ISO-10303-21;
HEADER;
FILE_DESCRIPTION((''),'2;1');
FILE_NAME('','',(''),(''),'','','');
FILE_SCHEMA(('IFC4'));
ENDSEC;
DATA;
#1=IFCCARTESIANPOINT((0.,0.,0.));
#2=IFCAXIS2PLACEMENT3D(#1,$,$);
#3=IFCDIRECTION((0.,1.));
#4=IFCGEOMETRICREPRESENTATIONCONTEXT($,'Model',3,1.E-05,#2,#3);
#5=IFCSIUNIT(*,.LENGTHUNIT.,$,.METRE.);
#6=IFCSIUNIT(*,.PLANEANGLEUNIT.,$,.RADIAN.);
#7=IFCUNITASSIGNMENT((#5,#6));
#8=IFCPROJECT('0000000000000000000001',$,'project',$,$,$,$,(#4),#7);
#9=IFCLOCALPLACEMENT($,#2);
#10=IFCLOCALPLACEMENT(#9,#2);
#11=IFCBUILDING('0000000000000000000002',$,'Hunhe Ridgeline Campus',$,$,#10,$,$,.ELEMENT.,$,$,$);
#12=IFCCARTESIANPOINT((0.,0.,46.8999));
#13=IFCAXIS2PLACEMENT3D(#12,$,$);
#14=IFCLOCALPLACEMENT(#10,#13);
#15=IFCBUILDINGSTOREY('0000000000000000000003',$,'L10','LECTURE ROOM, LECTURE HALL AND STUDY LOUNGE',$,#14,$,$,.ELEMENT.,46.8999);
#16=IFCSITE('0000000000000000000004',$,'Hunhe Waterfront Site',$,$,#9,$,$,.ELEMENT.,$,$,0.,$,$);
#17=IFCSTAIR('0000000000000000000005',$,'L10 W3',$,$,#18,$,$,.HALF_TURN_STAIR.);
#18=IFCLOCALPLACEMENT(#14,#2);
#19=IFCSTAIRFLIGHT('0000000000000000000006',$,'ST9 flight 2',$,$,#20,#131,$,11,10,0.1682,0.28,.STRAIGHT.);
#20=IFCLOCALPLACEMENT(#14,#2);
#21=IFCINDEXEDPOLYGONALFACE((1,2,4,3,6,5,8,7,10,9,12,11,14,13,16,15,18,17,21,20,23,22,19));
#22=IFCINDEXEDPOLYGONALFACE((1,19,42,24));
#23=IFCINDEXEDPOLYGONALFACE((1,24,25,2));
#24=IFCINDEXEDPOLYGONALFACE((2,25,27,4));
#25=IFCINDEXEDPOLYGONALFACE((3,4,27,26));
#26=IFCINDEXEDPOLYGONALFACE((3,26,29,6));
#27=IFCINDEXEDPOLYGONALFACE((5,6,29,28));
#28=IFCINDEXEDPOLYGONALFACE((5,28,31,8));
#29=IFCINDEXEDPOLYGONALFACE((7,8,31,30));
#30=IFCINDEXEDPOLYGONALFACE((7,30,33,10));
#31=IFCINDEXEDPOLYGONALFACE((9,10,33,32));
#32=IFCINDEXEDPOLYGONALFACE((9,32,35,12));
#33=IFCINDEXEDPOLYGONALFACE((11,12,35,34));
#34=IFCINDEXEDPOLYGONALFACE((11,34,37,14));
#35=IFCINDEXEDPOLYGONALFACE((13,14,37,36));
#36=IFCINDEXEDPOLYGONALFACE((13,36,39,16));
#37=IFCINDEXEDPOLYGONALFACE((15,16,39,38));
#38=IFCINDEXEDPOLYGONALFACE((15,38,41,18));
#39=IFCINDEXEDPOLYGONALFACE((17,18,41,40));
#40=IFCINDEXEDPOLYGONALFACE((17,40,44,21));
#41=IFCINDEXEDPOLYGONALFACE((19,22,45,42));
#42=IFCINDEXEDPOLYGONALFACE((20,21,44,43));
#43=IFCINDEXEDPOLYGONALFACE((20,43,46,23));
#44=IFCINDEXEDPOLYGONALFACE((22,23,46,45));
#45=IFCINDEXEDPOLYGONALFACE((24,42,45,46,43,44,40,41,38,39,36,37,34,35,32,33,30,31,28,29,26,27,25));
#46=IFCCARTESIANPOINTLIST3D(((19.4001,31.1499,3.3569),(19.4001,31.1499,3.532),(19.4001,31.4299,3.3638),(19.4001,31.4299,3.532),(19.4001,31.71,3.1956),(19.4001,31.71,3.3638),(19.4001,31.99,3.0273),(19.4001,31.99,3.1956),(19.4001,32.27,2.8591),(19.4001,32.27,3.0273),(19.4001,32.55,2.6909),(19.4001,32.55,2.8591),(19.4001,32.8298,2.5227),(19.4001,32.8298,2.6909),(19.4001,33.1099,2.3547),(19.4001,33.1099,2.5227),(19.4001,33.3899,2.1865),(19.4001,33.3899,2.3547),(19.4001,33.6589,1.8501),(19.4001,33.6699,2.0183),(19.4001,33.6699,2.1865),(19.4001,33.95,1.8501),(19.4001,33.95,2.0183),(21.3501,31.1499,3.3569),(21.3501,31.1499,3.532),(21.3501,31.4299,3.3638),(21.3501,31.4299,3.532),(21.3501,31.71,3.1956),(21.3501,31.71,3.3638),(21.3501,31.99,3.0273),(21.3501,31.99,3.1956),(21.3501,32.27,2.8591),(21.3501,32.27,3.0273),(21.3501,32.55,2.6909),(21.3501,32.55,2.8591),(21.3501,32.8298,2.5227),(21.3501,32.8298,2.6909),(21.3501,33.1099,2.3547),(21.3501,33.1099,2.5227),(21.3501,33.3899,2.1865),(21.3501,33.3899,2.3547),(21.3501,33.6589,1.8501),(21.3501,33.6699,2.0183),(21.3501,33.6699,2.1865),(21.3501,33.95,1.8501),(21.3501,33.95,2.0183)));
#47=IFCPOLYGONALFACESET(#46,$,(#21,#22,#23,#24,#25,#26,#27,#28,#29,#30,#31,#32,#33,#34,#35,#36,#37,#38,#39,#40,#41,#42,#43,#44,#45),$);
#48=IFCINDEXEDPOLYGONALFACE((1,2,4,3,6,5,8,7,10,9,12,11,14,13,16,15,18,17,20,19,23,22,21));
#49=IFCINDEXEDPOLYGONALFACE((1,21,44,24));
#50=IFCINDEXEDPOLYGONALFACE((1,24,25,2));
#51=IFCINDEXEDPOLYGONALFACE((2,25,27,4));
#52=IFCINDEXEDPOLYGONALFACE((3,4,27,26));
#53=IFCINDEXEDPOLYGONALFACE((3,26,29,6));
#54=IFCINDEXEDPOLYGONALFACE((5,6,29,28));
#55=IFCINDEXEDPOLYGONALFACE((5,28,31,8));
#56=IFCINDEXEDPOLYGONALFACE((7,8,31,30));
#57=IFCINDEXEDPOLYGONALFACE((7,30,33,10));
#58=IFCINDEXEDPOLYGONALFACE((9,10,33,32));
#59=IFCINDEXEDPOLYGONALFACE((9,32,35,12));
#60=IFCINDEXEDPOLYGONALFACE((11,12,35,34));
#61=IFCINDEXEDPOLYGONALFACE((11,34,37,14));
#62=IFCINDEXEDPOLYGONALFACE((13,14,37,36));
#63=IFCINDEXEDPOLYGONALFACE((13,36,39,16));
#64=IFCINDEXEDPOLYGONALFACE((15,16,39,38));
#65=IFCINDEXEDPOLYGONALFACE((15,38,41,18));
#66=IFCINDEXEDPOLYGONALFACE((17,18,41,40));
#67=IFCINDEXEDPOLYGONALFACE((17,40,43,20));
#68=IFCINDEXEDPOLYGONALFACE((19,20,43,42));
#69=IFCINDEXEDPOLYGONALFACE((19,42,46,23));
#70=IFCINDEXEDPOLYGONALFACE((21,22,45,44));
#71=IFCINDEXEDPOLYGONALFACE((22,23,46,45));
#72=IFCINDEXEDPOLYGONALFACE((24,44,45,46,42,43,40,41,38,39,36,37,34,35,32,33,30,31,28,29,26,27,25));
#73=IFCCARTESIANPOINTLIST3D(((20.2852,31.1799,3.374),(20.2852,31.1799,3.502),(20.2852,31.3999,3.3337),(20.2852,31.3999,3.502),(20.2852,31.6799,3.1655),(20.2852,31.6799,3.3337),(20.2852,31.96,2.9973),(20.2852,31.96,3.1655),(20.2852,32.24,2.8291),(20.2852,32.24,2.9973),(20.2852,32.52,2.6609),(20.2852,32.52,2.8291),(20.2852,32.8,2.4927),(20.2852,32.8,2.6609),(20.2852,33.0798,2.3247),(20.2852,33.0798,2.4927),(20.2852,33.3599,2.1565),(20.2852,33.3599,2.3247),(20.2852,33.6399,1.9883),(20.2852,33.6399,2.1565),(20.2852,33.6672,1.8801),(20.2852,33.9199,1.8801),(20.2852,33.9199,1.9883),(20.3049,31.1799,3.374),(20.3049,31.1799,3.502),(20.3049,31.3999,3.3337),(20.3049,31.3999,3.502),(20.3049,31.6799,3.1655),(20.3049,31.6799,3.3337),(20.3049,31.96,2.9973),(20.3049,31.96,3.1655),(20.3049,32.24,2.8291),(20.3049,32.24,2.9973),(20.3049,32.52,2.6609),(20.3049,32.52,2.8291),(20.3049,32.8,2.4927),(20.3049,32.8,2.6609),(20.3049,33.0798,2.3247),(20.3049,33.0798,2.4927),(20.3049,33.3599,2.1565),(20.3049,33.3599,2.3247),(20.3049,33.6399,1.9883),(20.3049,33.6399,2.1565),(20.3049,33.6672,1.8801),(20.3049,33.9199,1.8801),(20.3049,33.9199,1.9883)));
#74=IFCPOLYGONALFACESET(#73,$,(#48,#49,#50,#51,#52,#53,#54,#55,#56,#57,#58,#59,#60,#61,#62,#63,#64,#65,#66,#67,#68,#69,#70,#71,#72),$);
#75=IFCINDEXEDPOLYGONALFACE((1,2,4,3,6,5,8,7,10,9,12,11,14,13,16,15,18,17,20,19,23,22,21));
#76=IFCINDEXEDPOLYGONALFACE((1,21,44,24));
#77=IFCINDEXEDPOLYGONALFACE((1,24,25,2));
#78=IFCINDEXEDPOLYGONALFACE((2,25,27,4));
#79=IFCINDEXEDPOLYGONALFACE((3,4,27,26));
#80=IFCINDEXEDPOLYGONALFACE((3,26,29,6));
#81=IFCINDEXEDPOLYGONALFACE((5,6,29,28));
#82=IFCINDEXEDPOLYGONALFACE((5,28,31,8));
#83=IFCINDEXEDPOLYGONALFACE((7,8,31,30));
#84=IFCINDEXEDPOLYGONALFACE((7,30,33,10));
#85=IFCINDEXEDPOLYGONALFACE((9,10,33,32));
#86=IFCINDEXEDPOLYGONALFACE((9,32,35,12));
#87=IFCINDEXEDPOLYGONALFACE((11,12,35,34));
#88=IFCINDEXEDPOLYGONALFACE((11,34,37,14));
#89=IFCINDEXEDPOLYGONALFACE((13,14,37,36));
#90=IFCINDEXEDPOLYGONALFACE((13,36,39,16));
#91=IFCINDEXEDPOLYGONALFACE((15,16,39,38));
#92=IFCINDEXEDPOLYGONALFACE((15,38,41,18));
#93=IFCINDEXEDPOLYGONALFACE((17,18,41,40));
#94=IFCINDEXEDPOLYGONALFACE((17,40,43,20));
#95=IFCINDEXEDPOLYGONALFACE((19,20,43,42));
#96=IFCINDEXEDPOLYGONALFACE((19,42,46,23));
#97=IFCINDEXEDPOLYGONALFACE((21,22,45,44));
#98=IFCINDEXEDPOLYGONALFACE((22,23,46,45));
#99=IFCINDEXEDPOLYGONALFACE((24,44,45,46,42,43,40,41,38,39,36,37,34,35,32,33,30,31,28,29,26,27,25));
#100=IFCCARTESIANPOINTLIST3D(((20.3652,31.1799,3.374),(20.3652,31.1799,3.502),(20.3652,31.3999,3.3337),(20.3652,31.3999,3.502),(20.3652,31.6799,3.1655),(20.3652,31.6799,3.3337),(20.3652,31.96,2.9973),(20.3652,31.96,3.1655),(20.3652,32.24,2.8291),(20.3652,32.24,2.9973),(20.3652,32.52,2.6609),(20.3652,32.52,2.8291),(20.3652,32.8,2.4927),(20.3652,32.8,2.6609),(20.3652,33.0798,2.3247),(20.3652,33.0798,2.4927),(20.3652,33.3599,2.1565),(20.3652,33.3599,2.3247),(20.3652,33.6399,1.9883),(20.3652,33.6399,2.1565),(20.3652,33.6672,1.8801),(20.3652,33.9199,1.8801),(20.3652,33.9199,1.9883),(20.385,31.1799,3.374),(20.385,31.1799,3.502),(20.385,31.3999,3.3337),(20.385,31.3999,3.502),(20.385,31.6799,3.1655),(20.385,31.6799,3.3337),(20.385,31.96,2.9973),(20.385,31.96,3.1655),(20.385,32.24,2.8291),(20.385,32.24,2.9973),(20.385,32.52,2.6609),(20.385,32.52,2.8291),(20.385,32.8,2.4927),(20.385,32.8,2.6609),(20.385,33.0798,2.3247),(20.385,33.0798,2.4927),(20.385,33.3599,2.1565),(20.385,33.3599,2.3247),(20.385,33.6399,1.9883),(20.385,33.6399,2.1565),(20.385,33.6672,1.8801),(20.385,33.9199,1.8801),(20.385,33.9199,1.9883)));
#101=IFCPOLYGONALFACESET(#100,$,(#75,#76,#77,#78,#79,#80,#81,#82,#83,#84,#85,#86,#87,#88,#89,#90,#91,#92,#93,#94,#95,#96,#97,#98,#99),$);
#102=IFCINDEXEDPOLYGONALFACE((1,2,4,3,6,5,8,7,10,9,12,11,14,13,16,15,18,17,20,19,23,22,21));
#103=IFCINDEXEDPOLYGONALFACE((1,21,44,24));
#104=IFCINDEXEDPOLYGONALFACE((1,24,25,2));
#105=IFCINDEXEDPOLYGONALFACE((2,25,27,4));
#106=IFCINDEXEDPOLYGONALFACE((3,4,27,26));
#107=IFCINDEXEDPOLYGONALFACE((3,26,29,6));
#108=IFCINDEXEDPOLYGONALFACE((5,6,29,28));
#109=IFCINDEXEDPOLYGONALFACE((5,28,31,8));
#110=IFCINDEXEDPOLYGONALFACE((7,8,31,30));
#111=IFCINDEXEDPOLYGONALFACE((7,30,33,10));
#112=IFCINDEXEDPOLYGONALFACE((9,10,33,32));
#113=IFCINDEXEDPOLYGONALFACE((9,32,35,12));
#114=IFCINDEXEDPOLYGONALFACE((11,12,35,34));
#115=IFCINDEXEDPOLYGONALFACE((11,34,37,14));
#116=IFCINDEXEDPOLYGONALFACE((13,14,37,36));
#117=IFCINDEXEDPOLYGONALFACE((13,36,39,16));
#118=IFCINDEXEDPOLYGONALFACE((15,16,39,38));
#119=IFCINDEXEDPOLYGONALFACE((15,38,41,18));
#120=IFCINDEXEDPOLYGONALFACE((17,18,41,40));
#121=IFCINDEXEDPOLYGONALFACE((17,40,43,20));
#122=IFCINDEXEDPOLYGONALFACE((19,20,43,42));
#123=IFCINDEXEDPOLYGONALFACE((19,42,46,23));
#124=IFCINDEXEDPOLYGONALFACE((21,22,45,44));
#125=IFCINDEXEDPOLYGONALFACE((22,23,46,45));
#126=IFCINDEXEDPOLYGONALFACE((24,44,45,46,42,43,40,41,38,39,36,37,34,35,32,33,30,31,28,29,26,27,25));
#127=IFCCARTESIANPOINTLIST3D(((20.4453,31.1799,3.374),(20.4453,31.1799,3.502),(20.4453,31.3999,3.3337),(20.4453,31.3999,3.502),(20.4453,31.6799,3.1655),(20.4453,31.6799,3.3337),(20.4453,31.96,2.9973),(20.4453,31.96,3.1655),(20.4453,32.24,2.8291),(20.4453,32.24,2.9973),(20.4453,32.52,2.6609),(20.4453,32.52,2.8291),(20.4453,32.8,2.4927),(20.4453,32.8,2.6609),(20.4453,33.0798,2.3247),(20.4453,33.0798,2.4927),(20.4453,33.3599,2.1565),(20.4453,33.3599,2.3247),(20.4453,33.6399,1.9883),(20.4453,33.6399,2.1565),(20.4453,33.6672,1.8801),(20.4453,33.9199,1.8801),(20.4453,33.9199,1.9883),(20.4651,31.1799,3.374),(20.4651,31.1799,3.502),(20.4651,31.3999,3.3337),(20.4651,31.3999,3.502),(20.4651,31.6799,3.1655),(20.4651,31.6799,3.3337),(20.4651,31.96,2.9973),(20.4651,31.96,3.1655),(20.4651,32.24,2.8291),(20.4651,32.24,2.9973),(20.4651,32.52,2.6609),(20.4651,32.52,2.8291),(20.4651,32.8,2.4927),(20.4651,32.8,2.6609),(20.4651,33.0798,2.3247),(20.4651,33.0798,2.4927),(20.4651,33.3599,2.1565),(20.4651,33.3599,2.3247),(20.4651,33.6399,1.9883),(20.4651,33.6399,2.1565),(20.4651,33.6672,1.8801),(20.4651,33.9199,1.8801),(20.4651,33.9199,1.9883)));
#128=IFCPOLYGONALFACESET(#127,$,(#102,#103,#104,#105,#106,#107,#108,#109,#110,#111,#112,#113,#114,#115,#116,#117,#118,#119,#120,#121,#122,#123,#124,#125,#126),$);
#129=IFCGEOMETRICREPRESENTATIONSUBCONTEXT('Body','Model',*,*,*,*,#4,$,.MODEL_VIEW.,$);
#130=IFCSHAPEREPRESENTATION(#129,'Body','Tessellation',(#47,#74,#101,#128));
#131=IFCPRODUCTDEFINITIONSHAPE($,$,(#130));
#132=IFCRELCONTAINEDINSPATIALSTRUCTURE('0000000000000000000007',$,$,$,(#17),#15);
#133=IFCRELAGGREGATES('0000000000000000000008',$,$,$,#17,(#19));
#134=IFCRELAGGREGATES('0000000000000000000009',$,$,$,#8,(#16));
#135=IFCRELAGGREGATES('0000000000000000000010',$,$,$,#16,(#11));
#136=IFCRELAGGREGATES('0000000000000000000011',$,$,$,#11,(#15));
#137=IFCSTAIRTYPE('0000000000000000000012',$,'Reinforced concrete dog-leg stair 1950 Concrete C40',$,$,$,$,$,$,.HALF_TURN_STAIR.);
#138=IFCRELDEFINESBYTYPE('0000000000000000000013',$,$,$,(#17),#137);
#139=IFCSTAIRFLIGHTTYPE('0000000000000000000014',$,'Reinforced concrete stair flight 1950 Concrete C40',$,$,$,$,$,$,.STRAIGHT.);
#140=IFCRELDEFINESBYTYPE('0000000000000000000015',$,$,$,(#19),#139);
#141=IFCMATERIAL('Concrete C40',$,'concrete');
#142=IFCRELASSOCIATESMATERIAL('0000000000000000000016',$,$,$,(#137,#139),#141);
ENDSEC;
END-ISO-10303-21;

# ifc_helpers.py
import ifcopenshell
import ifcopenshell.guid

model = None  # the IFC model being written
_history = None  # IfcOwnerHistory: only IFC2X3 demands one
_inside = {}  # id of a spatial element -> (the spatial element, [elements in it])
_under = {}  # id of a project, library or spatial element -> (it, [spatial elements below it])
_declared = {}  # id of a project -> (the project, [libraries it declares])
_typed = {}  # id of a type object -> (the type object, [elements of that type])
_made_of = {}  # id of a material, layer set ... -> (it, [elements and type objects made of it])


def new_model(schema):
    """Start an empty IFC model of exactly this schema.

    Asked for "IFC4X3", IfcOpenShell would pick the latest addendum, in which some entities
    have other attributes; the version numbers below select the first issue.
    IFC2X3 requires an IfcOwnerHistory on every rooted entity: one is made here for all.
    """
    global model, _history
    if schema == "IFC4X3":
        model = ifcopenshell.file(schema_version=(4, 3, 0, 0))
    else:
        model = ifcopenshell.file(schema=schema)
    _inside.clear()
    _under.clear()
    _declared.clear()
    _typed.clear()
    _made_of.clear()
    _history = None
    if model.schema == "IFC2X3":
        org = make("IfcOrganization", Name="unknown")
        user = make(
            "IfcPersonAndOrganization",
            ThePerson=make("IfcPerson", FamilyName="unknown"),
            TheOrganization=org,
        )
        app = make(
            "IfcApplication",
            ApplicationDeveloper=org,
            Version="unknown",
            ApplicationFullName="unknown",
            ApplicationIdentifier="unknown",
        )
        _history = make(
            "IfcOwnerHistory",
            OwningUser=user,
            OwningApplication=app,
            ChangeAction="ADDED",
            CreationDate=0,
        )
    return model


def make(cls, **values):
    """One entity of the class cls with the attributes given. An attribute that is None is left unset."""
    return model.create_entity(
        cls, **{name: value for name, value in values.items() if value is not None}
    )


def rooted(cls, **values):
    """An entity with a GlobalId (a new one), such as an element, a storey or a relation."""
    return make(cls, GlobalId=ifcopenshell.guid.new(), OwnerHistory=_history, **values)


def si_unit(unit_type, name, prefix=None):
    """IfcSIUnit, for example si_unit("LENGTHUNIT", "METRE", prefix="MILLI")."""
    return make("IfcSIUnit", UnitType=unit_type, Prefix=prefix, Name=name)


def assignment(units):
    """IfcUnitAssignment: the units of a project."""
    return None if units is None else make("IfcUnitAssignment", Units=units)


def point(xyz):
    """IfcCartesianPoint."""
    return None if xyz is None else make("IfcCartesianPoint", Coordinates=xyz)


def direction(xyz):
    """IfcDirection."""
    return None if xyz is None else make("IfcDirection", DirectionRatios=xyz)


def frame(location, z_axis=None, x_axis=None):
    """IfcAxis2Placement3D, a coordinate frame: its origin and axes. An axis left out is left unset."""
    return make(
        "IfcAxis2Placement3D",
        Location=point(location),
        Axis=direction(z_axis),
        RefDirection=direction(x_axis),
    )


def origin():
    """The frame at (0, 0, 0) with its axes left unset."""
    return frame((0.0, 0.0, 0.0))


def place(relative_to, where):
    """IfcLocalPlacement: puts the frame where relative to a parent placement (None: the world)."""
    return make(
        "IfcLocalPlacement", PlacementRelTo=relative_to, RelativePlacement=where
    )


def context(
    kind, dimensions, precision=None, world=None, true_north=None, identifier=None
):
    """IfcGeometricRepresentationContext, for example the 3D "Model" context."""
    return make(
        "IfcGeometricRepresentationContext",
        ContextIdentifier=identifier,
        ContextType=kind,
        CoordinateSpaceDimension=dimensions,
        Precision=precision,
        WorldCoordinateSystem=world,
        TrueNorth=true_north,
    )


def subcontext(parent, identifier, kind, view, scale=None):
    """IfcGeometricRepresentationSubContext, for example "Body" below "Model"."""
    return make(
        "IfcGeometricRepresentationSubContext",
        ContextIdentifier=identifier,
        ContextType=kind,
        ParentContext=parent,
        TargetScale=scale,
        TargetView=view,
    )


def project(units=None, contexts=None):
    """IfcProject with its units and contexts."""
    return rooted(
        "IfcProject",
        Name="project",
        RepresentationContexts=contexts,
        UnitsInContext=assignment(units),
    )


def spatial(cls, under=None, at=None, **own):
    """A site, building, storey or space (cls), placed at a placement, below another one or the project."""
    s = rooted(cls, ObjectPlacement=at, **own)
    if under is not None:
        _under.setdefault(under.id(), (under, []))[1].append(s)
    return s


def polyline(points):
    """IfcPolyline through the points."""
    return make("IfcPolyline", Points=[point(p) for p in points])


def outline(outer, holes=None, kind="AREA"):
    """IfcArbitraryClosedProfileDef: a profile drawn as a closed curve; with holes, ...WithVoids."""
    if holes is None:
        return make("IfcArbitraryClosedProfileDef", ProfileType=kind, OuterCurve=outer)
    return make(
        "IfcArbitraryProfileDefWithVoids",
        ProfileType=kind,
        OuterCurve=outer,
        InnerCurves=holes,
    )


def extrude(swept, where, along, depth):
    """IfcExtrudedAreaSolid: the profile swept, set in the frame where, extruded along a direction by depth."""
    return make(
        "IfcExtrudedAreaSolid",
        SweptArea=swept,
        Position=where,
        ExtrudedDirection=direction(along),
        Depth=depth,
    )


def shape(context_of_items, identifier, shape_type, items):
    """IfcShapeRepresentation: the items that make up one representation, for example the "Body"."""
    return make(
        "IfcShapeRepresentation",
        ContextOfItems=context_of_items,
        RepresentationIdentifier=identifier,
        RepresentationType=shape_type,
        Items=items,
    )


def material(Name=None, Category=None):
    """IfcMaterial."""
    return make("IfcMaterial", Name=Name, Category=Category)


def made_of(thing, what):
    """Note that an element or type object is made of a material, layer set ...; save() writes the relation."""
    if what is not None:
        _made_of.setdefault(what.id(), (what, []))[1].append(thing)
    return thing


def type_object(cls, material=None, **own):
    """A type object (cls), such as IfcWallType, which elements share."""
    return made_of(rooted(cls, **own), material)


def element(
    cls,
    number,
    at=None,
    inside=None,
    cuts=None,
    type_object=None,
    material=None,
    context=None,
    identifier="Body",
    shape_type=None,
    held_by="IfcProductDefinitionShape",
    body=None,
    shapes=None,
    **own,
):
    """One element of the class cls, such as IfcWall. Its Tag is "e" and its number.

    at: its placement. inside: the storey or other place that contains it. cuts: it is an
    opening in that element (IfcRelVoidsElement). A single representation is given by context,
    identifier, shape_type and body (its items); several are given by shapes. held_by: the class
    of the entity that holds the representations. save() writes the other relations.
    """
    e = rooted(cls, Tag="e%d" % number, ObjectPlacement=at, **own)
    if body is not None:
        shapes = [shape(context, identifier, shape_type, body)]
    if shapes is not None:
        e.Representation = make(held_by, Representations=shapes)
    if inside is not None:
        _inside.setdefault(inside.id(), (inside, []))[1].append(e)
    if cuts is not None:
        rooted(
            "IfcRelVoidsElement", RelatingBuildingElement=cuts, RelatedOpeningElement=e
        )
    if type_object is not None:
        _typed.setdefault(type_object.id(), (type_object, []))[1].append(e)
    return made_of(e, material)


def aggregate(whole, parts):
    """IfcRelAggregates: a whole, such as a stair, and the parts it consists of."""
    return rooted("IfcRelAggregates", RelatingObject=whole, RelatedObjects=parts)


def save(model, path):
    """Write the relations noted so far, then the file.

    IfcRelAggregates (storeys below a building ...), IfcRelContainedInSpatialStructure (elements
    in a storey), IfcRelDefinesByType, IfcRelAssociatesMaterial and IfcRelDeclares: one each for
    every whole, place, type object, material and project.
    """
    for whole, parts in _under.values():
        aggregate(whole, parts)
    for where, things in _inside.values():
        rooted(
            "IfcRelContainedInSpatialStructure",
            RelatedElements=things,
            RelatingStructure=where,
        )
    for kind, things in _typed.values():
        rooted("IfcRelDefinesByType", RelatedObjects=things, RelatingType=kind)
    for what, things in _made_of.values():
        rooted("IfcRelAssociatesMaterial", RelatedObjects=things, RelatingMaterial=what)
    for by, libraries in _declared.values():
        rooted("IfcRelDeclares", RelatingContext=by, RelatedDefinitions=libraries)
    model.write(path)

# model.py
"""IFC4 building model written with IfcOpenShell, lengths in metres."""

from ifc_helpers import new_model, si_unit, direction, frame, origin, place, context, subcontext, project, spatial, polyline, outline, extrude, material, type_object, element, aggregate, save


model = new_model("IFC4")

# Units and contexts
model_context = context("Model", 3, precision=1e-05, world=origin(), true_north=direction((0.0, 1.0)))
body_context = subcontext(model_context, "Body", "Model", "MODEL_VIEW")
ifc_project = project(units=[si_unit("LENGTHUNIT", "METRE"), si_unit("PLANEANGLEUNIT", "RADIAN")], contexts=[model_context])

# Site, building, storey
site_placement = place(None, origin())
site = spatial("IfcSite", under=ifc_project, at=site_placement, Name="Hunhe Waterfront Site", CompositionType="ELEMENT", RefElevation=0.0)
building_placement = place(site_placement, origin())
building = spatial("IfcBuilding", under=site, at=building_placement, Name="Hunhe Ridgeline Campus", CompositionType="ELEMENT")
storey_placement = place(building_placement, frame((0.0, 0.0, 46.8999)))
storey = spatial("IfcBuildingStorey", under=building, at=storey_placement, Name="L10", Description="LECTURE ROOM, LECTURE HALL AND STUDY LOUNGE", CompositionType="ELEMENT", Elevation=46.8999)

# Stair, stair flight
ifc_material_1 = material(Name="Concrete C40", Category="concrete")
stair_type = type_object("IfcStairType", Name="Reinforced concrete dog-leg stair 1950 Concrete C40", PredefinedType="HALF_TURN_STAIR", material=ifc_material_1)
stair_placement = place(storey_placement, origin())
stair = element("IfcStair", 1, at=stair_placement, inside=storey, type_object=stair_type, Name="L10 W3", PredefinedType="HALF_TURN_STAIR")
stair_flight_type = type_object("IfcStairFlightType", Name="Reinforced concrete stair flight 1950 Concrete C40", PredefinedType="STRAIGHT", material=ifc_material_1)
stair_flight_placement = place(storey_placement, frame((20.375, 33.95, 1.8501), z_axis=(0.0, 0.0, 1.0), x_axis=(0.0, -1.0, 0.0)))
stair_flight = element("IfcStairFlight", 2, at=stair_flight_placement, type_object=stair_flight_type, Name="ST9 flight 2", NumberOfRisers=11, NumberOfTreads=10, PredefinedType="STRAIGHT", RiserHeight=0.1682, TreadLength=0.28, context=body_context, shape_type="SweptSolid", body=[
    extrude(outline(polyline([(0.0, 0.0), (0.0, 0.1682), (0.28, 0.1682), (0.28, 0.3364), (0.5601, 0.3364), (0.5601, 0.5046), (0.8401, 0.5046), (0.8401, 0.6726), (1.1201, 0.6726), (1.1201, 0.8408), (1.3999, 0.8408), (1.3999, 1.009), (1.6799, 1.009), (1.6799, 1.1772), (1.96, 1.1772), (1.96, 1.3455), (2.24, 1.3455), (2.24, 1.5137), (2.52, 1.5137), (2.52, 1.6819), (2.8, 1.6819), (2.8, 1.8501), (2.8, 1.5068), (0.291, 0.0), (0.0, 0.0)])), frame((0.0, 0.9751, 0.0), z_axis=(0.0, -1.0, 0.0), x_axis=(1.0, 0.0, 0.0)), (0.0, 0.0, 1.0), 1.95),
    extrude(outline(polyline([(0.03, 0.03), (0.03, 0.1382), (0.3101, 0.1382), (0.3101, 0.3064), (0.5901, 0.3064), (0.5901, 0.4746), (0.8701, 0.4746), (0.8701, 0.6426), (1.1499, 0.6426), (1.1499, 0.8108), (1.4299, 0.8108), (1.4299, 0.979), (1.71, 0.979), (1.71, 1.1472), (1.99, 1.1472), (1.99, 1.3154), (2.27, 1.3154), (2.27, 1.4836), (2.55, 1.4836), (2.55, 1.6519), (2.77, 1.6519), (2.77, 1.5239), (0.2827, 0.03), (0.03, 0.03)])), frame((0.0, -0.0701, 0.0), z_axis=(0.0, -1.0, 0.0), x_axis=(1.0, 0.0, 0.0)), (0.0, 0.0, 1.0), 0.0198),
    extrude(outline(polyline([(0.03, 0.03), (0.03, 0.1382), (0.3101, 0.1382), (0.3101, 0.3064), (0.5901, 0.3064), (0.5901, 0.4746), (0.8701, 0.4746), (0.8701, 0.6426), (1.1499, 0.6426), (1.1499, 0.8108), (1.4299, 0.8108), (1.4299, 0.979), (1.71, 0.979), (1.71, 1.1472), (1.99, 1.1472), (1.99, 1.3154), (2.27, 1.3154), (2.27, 1.4836), (2.55, 1.4836), (2.55, 1.6519), (2.77, 1.6519), (2.77, 1.5239), (0.2827, 0.03), (0.03, 0.03)])), frame((0.0, 0.01, 0.0), z_axis=(0.0, -1.0, 0.0), x_axis=(1.0, 0.0, 0.0)), (0.0, 0.0, 1.0), 0.0198),
    extrude(outline(polyline([(0.03, 0.03), (0.03, 0.1382), (0.3101, 0.1382), (0.3101, 0.3064), (0.5901, 0.3064), (0.5901, 0.4746), (0.8701, 0.4746), (0.8701, 0.6426), (1.1499, 0.6426), (1.1499, 0.8108), (1.4299, 0.8108), (1.4299, 0.979), (1.71, 0.979), (1.71, 1.1472), (1.99, 1.1472), (1.99, 1.3154), (2.27, 1.3154), (2.27, 1.4836), (2.55, 1.4836), (2.55, 1.6519), (2.77, 1.6519), (2.77, 1.5239), (0.2827, 0.03), (0.03, 0.03)])), frame((0.0, 0.0901, 0.0), z_axis=(0.0, -1.0, 0.0), x_axis=(1.0, 0.0, 0.0)), (0.0, 0.0, 1.0), 0.0198),
])
aggregate(stair, [stair_flight])

save(model, "model.ifc")
